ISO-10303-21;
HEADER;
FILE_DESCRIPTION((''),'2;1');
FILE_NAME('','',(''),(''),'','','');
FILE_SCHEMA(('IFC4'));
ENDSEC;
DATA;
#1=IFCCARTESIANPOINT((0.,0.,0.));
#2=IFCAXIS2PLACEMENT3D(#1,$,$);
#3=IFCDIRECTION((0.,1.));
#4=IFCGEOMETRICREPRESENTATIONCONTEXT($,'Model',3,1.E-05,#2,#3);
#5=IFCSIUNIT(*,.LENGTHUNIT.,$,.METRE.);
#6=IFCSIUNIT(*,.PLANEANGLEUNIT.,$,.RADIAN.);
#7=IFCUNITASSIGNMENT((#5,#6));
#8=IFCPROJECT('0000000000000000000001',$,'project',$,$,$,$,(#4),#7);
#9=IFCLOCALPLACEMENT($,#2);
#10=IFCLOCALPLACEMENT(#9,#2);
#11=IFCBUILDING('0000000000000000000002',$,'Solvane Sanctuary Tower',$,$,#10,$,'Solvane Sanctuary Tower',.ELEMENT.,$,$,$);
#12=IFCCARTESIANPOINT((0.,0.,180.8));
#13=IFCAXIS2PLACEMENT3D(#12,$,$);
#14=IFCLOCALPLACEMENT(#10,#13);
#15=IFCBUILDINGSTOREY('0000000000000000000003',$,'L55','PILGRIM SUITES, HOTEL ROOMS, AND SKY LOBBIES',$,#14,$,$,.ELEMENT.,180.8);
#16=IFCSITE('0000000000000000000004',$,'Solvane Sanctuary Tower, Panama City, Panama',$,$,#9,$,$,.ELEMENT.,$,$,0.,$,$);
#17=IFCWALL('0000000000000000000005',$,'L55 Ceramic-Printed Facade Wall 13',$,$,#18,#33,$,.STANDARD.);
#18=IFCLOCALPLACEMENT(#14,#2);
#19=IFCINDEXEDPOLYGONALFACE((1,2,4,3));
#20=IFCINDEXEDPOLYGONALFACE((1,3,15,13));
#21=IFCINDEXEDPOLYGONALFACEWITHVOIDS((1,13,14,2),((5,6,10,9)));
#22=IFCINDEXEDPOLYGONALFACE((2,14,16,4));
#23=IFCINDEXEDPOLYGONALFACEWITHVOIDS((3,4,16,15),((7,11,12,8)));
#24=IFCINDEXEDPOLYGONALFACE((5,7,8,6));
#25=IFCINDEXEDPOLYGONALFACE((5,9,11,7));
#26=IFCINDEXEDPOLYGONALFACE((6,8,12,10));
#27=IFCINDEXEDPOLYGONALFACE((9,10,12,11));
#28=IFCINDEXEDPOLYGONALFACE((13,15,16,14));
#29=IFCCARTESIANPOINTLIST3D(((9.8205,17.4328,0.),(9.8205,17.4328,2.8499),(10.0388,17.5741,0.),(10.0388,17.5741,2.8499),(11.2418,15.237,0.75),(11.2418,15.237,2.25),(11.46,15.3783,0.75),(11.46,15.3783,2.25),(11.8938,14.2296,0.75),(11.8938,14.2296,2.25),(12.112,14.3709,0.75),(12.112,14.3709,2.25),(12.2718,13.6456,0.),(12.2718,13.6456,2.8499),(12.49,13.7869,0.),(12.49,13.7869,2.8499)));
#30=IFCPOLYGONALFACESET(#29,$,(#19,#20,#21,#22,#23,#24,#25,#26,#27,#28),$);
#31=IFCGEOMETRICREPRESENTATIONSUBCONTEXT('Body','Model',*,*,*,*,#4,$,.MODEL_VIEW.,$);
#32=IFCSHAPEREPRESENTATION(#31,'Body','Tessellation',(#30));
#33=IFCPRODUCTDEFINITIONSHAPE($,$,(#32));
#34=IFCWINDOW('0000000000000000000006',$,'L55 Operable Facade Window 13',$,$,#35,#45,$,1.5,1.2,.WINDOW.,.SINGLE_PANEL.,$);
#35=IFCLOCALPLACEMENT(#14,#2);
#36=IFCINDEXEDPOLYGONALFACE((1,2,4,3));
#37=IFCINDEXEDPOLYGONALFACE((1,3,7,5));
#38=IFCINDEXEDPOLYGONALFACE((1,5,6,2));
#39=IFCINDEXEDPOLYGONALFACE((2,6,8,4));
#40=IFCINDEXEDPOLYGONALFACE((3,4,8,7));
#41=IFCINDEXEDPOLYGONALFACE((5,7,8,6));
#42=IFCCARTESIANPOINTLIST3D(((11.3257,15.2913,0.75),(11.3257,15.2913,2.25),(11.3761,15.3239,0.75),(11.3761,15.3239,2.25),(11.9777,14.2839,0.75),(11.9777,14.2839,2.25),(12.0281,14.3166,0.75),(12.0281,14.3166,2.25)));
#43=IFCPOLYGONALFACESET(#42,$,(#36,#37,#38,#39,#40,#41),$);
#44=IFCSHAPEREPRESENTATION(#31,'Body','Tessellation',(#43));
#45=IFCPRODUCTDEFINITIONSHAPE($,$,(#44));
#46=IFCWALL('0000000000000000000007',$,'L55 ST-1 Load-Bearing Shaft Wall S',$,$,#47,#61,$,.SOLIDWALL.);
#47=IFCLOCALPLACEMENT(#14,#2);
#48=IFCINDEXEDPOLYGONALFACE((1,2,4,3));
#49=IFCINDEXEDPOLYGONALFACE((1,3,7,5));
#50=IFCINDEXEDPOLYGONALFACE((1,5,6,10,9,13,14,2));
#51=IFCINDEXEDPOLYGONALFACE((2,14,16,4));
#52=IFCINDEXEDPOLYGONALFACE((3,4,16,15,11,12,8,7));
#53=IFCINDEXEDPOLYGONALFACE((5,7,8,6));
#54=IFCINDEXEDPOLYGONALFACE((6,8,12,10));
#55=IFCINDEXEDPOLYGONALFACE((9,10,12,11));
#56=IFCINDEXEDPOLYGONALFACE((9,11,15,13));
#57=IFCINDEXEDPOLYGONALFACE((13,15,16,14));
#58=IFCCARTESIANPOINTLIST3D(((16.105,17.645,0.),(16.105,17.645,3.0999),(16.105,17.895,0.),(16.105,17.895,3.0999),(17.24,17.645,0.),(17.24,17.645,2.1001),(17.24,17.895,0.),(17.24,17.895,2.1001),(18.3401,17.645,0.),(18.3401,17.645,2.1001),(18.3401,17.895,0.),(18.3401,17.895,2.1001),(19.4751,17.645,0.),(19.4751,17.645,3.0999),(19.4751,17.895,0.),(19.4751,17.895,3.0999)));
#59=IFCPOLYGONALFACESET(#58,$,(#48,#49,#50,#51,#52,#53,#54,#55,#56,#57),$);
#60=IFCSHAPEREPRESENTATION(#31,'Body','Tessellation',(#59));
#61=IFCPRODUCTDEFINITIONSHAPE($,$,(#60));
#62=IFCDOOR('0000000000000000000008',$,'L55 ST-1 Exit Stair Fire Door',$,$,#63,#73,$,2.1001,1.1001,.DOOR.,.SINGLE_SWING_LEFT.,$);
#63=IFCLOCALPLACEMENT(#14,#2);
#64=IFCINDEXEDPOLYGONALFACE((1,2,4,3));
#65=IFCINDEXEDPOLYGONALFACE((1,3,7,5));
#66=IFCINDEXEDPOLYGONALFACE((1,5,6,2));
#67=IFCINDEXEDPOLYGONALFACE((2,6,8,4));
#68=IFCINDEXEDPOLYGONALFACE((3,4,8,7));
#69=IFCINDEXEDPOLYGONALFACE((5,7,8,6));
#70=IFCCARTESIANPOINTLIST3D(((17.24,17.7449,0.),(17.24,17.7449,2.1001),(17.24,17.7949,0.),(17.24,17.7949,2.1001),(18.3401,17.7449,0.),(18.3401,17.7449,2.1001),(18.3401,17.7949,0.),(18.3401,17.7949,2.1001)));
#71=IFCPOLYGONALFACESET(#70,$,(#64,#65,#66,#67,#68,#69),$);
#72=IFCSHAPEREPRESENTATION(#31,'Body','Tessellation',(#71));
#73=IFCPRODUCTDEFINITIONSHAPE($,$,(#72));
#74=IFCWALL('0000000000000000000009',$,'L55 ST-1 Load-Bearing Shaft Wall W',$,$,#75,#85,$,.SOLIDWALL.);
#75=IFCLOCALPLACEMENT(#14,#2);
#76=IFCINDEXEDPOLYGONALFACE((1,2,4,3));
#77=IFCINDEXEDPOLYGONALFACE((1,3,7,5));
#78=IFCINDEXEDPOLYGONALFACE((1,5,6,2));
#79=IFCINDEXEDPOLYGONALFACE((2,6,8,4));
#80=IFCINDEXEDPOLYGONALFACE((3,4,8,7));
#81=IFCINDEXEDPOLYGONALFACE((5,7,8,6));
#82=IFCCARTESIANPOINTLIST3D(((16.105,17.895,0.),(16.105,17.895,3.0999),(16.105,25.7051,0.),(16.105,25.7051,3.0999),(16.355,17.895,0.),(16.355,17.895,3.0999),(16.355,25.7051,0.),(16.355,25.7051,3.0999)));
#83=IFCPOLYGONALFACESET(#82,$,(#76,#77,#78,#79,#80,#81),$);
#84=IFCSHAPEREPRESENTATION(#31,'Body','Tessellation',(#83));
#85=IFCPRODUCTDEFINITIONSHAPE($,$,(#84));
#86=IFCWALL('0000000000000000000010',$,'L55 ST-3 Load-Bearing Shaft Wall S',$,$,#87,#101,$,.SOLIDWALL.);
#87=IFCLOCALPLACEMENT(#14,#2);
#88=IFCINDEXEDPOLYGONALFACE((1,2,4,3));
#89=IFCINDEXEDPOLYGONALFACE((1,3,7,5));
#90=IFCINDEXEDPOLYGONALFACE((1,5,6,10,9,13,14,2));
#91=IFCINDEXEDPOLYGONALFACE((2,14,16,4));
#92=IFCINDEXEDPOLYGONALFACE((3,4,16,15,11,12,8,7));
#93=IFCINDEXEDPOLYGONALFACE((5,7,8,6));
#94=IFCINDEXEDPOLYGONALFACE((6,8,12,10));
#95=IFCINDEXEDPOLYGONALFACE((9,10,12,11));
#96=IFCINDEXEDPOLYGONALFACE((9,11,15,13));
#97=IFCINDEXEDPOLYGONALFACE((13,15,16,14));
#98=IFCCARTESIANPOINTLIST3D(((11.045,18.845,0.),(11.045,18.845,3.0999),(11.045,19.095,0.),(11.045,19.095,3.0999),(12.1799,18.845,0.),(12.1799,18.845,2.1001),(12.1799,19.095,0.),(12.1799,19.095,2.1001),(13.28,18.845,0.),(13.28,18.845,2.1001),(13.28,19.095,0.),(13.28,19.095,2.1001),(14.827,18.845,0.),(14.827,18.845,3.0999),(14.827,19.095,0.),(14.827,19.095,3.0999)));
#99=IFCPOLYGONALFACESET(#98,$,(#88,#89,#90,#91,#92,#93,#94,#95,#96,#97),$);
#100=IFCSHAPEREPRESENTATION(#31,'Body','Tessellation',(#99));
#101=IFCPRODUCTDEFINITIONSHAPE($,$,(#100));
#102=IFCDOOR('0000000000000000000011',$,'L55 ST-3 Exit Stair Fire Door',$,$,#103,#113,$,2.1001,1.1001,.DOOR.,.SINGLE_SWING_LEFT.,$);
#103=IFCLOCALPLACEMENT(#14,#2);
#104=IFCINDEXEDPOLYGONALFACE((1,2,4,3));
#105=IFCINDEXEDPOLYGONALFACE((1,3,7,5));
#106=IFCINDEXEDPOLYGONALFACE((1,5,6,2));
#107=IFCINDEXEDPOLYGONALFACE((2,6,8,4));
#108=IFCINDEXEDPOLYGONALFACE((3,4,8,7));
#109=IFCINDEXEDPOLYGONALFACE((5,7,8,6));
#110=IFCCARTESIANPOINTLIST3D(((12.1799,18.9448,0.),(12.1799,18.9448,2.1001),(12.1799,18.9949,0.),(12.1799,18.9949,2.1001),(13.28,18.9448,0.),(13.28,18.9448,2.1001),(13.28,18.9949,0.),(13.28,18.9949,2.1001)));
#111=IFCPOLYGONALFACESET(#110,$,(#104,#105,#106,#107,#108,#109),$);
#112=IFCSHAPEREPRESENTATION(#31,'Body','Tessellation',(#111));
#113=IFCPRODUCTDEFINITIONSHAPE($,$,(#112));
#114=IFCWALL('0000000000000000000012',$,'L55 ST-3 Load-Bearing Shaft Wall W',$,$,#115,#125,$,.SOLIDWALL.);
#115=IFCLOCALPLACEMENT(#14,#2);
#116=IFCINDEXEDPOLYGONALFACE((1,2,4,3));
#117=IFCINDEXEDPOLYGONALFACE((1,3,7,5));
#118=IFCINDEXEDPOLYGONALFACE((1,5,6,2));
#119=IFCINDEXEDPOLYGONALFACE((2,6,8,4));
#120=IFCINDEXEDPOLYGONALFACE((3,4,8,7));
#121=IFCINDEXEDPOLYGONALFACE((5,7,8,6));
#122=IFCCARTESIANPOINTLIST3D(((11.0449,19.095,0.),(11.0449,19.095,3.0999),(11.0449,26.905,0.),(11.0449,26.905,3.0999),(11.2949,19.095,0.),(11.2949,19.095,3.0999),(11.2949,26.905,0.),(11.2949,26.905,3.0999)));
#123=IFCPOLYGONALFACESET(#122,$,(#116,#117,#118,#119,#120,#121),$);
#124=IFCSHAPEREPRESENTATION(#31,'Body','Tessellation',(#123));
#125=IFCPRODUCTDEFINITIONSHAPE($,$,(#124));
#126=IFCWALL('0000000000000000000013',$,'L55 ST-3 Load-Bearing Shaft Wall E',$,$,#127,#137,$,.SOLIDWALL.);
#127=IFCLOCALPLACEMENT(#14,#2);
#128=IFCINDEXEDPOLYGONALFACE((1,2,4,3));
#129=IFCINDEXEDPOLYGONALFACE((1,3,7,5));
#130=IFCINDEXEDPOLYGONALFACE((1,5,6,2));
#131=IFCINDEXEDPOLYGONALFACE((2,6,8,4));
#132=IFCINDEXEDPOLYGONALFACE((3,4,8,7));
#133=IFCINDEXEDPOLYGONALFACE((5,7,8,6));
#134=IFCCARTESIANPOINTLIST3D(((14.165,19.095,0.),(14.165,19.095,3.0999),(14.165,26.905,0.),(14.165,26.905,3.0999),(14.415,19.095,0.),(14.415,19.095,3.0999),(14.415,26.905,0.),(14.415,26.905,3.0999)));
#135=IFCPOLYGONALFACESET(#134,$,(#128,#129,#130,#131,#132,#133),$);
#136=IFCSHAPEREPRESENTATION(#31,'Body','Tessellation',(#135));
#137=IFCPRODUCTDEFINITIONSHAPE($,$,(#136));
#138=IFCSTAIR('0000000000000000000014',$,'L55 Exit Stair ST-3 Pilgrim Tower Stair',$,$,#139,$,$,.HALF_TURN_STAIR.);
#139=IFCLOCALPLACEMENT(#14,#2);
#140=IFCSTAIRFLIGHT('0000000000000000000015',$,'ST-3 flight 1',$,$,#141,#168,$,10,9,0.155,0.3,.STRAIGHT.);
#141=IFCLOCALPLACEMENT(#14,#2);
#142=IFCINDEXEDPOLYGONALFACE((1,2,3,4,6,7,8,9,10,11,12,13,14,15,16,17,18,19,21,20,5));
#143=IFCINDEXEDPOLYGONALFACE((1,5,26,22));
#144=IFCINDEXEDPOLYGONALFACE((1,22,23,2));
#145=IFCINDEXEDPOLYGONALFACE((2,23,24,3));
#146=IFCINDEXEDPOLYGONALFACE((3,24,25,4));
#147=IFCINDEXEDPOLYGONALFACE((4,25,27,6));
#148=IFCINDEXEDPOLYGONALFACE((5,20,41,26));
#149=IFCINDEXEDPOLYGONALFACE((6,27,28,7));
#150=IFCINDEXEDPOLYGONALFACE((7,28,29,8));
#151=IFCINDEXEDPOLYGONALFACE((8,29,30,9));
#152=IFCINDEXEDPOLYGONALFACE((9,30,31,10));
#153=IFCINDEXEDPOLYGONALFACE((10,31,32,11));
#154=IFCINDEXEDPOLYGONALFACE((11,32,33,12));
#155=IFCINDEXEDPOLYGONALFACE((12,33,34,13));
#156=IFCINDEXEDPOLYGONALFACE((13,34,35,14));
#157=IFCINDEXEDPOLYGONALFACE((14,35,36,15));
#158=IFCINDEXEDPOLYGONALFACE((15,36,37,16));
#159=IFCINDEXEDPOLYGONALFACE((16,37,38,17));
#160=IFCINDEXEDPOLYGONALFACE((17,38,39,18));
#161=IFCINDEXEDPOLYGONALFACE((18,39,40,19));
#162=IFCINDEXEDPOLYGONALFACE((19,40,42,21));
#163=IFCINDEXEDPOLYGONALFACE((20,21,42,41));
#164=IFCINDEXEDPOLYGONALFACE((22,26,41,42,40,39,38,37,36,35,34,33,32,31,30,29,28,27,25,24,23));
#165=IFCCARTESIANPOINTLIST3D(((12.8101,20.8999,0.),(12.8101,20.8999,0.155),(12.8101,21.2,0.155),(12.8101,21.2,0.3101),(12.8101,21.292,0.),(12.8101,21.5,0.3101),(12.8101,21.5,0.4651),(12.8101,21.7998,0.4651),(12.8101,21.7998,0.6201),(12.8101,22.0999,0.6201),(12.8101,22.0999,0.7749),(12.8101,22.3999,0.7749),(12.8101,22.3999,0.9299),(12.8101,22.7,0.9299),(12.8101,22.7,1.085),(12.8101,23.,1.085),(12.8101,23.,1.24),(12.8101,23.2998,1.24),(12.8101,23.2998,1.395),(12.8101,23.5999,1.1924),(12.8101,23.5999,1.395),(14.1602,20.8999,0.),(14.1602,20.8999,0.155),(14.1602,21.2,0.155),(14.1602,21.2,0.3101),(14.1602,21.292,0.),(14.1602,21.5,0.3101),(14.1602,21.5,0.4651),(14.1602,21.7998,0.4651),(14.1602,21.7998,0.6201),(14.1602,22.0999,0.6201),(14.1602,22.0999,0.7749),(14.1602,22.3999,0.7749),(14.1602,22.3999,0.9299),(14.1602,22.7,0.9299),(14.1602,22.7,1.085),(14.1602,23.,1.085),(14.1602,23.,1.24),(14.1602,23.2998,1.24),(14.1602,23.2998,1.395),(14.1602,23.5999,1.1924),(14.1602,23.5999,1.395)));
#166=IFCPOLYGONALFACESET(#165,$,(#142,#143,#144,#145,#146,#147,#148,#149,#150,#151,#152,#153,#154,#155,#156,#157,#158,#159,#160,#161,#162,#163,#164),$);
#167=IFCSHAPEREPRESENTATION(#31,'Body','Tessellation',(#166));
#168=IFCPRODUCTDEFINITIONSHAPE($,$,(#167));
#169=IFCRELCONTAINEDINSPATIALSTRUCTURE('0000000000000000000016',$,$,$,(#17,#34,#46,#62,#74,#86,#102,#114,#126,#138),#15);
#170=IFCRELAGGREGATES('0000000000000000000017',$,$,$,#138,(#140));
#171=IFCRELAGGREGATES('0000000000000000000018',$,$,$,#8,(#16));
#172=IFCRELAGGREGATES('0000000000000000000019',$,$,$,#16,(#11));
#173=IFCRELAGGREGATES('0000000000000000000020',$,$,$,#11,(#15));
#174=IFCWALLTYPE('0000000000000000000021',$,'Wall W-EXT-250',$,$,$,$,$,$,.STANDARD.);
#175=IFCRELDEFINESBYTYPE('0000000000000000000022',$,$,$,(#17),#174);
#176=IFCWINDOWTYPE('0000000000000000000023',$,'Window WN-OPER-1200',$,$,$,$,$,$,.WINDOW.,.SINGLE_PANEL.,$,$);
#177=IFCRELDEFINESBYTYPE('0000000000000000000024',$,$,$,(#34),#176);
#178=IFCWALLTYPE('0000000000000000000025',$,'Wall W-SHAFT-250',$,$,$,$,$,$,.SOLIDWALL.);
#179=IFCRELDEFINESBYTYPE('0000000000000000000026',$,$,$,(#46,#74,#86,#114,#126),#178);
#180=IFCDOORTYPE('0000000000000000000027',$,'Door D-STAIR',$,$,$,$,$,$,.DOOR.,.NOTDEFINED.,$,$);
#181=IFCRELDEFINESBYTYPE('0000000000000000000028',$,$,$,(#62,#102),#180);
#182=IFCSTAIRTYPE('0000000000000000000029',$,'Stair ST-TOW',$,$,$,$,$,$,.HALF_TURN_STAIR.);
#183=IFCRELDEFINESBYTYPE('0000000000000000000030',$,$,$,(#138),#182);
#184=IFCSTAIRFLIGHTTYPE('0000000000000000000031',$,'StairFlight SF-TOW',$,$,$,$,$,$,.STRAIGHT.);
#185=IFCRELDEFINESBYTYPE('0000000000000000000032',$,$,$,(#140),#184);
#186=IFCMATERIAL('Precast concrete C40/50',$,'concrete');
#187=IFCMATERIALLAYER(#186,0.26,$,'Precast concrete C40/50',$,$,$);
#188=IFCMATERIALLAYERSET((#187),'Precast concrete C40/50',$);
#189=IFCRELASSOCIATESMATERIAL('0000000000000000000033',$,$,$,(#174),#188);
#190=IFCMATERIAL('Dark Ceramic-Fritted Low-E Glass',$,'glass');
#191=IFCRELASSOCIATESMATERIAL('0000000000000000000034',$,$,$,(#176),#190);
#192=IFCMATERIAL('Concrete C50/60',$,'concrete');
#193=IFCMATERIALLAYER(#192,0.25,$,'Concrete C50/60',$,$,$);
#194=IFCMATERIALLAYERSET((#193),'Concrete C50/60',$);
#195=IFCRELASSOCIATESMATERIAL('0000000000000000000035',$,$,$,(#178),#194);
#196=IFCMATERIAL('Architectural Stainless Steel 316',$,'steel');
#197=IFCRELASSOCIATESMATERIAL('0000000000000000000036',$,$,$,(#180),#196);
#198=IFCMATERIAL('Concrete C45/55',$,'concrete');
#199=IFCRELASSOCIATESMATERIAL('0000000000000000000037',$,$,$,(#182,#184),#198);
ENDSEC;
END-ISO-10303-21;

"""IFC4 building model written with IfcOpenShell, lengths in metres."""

from ifc_helpers import new_model, si_unit, direction, frame, frame_2d, origin, place, context, subcontext, project, spatial, polyline, rectangle, outline, extrude, material, layer, layer_set, type_object, element, fill, aggregate, save


model = new_model("IFC4")

# Units and contexts
model_context = context("Model", 3, precision=1e-05, world=origin(), true_north=direction((0.0, 1.0)))
body_context = subcontext(model_context, "Body", "Model", "MODEL_VIEW")
ifc_project = project(units=[si_unit("LENGTHUNIT", "METRE"), si_unit("PLANEANGLEUNIT", "RADIAN")], contexts=[model_context])

# Site, building, storey
site_placement = place(None, origin())
site = spatial("IfcSite", under=ifc_project, at=site_placement, Name="Solvane Sanctuary Tower, Panama City, Panama", CompositionType="ELEMENT", RefElevation=0.0)
building_placement = place(site_placement, origin())
building = spatial("IfcBuilding", under=site, at=building_placement, Name="Solvane Sanctuary Tower", LongName="Solvane Sanctuary Tower", CompositionType="ELEMENT")
storey_placement = place(building_placement, frame((0.0, 0.0, 180.8)))
storey = spatial("IfcBuildingStorey", under=building, at=storey_placement, Name="L55", Description="PILGRIM SUITES, HOTEL ROOMS, AND SKY LOBBIES", CompositionType="ELEMENT", Elevation=180.8)

# Shared definitions
ifc_material_1 = material(Name="Concrete C50/60", Category="concrete")

# Shared definitions
ifc_material_2 = material(Name="Architectural Stainless Steel 316", Category="steel")

# Wall, opening, window
ifc_material_3 = material(Name="Precast concrete C40/50", Category="concrete")
ifc_layer_1 = layer(ifc_material_3, 0.26, Name="Precast concrete C40/50")
ifc_layer_set_1 = layer_set([ifc_layer_1], Name="Precast concrete C40/50")
wall_type_1 = type_object("IfcWallType", Name="Wall W-EXT-250", PredefinedType="STANDARD", material=ifc_layer_set_1)
wall_1_placement = place(storey_placement, frame((9.9297, 17.5034, 0.0), z_axis=(0.0, 0.0, 1.0), x_axis=(0.543359, -0.8395, 0.0)))
wall_1 = element("IfcWall", 1, at=wall_1_placement, inside=storey, type_object=wall_type_1, Name="L55 Ceramic-Printed Facade Wall 13", PredefinedType="STANDARD", context=body_context, shape_type="SweptSolid", body=[
    extrude(rectangle(XDim=4.5112, YDim=0.26, at=frame_2d((2.2556, 0.0))), origin(), (0.0, 0.0, 1.0), 2.8499),
])
opening_1_placement = place(wall_1_placement, frame((2.6155, 0.0, 0.75)))
opening_1 = element("IfcOpeningElement", 2, at=opening_1_placement, cuts=wall_1, PredefinedType="OPENING", context=body_context, shape_type="SweptSolid", body=[
    extrude(rectangle(XDim=1.2, YDim=1.5, at=frame_2d((0.6001, 0.75))), frame((0.0, 0.1399, 0.0), z_axis=(0.0, -1.0, 0.0), x_axis=(1.0, 0.0, 0.0)), (0.0, 0.0, 1.0), 0.28),
])
ifc_material_4 = material(Name="Dark Ceramic-Fritted Low-E Glass", Category="glass")
window_type = type_object("IfcWindowType", Name="Window WN-OPER-1200", PartitioningType="SINGLE_PANEL", PredefinedType="WINDOW", material=ifc_material_4)
window_placement = place(opening_1_placement, origin())
window = element("IfcWindow", 3, at=window_placement, inside=storey, type_object=window_type, Name="L55 Operable Facade Window 13", OverallHeight=1.5, OverallWidth=1.2, PartitioningType="SINGLE_PANEL", PredefinedType="WINDOW", context=body_context, shape_type="SweptSolid", body=[
    extrude(rectangle(XDim=1.2, YDim=1.5, at=frame_2d((0.6001, 0.75))), frame((0.0, 0.03, 0.0), z_axis=(0.0, -1.0, 0.0), x_axis=(1.0, 0.0, 0.0)), (0.0, 0.0, 1.0), 0.0601),
])
fill(opening_1, window)

# Wall, opening, door
ifc_layer_2 = layer(ifc_material_1, 0.25, Name="Concrete C50/60")
ifc_layer_set_2 = layer_set([ifc_layer_2], Name="Concrete C50/60")
wall_type_2 = type_object("IfcWallType", Name="Wall W-SHAFT-250", PredefinedType="SOLIDWALL", material=ifc_layer_set_2)
wall_2_placement = place(storey_placement, frame((16.105, 17.77, 0.0), z_axis=(0.0, 0.0, 1.0), x_axis=(1.0, 0.0, 0.0)))
wall_2 = element("IfcWall", 4, at=wall_2_placement, inside=storey, type_object=wall_type_2, Name="L55 ST-1 Load-Bearing Shaft Wall S", PredefinedType="SOLIDWALL", context=body_context, shape_type="SweptSolid", body=[
    extrude(rectangle(XDim=3.3701, YDim=0.25, at=frame_2d((1.6851, 0.0))), origin(), (0.0, 0.0, 1.0), 3.0999),
])
opening_2_placement = place(wall_2_placement, frame((1.135, 0.0, 0.0)))
opening_2 = element("IfcOpeningElement", 5, at=opening_2_placement, cuts=wall_2, PredefinedType="OPENING", context=body_context, shape_type="SweptSolid", body=[
    extrude(rectangle(XDim=1.1001, YDim=2.1001, at=frame_2d((0.55, 1.05))), frame((0.0, 0.135, 0.0), z_axis=(0.0, -1.0, 0.0), x_axis=(1.0, 0.0, 0.0)), (0.0, 0.0, 1.0), 0.27),
])
door_type_1 = type_object("IfcDoorType", Name="Door D-STAIR", OperationType="NOTDEFINED", PredefinedType="DOOR", material=ifc_material_2)
door_1_placement = place(opening_2_placement, origin())
door_1 = element("IfcDoor", 6, at=door_1_placement, inside=storey, type_object=door_type_1, Name="L55 ST-1 Exit Stair Fire Door", OperationType="SINGLE_SWING_LEFT", OverallHeight=2.1001, OverallWidth=1.1001, PredefinedType="DOOR", context=body_context, shape_type="SweptSolid", body=[
    extrude(rectangle(XDim=1.1001, YDim=2.1001, at=frame_2d((0.55, 1.05))), frame((0.0, 0.0249, 0.0), z_axis=(0.0, -1.0, 0.0), x_axis=(1.0, 0.0, 0.0)), (0.0, 0.0, 1.0), 0.05),
])
fill(opening_2, door_1)

# Wall
wall_3_placement = place(storey_placement, frame((16.23, 17.895, 0.0), z_axis=(0.0, 0.0, 1.0), x_axis=(0.0, 1.0, 0.0)))
element("IfcWall", 7, at=wall_3_placement, inside=storey, type_object=wall_type_2, Name="L55 ST-1 Load-Bearing Shaft Wall W", PredefinedType="SOLIDWALL", context=body_context, shape_type="SweptSolid", body=[
    extrude(rectangle(XDim=7.8101, YDim=0.25, at=frame_2d((3.905, 0.0))), origin(), (0.0, 0.0, 1.0), 3.0999),
])

# Wall, opening, door
wall_4_placement = place(storey_placement, frame((11.0449, 18.97, 0.0), z_axis=(0.0, 0.0, 1.0), x_axis=(1.0, 0.0, 0.0)))
wall_4 = element("IfcWall", 8, at=wall_4_placement, inside=storey, type_object=wall_type_2, Name="L55 ST-3 Load-Bearing Shaft Wall S", PredefinedType="SOLIDWALL", context=body_context, shape_type="SweptSolid", body=[
    extrude(rectangle(XDim=3.782, YDim=0.25, at=frame_2d((1.8911, 0.0))), origin(), (0.0, 0.0, 1.0), 3.0999),
])
opening_3_placement = place(wall_4_placement, frame((1.135, 0.0, 0.0)))
opening_3 = element("IfcOpeningElement", 9, at=opening_3_placement, cuts=wall_4, PredefinedType="OPENING", context=body_context, shape_type="SweptSolid", body=[
    extrude(rectangle(XDim=1.1001, YDim=2.1001, at=frame_2d((0.55, 1.05))), frame((0.0, 0.135, 0.0), z_axis=(0.0, -1.0, 0.0), x_axis=(1.0, 0.0, 0.0)), (0.0, 0.0, 1.0), 0.27),
])
door_2_placement = place(opening_3_placement, origin())
door_2 = element("IfcDoor", 10, at=door_2_placement, inside=storey, type_object=door_type_1, Name="L55 ST-3 Exit Stair Fire Door", OperationType="SINGLE_SWING_LEFT", OverallHeight=2.1001, OverallWidth=1.1001, PredefinedType="DOOR", context=body_context, shape_type="SweptSolid", body=[
    extrude(rectangle(XDim=1.1001, YDim=2.1001, at=frame_2d((0.55, 1.05))), frame((0.0, 0.0249, 0.0), z_axis=(0.0, -1.0, 0.0), x_axis=(1.0, 0.0, 0.0)), (0.0, 0.0, 1.0), 0.05),
])
fill(opening_3, door_2)

# Walls
for number, where, z_axis, x_axis, name in (
    (11, (11.1699, 19.095, 0.0), (0.0, 0.0, 1.0), (0.0, 1.0, 0.0), "L55 ST-3 Load-Bearing Shaft Wall W"),
    (12, (14.29, 19.095, 0.0), (0.0, 0.0, 1.0), (0.0, 1.0, 0.0), "L55 ST-3 Load-Bearing Shaft Wall E"),
):
    element("IfcWall", number, at=place(storey_placement, frame(where, z_axis=z_axis, x_axis=x_axis)), inside=storey, type_object=wall_type_2, Name=name, PredefinedType="SOLIDWALL", context=body_context, shape_type="SweptSolid", body=[
        extrude(rectangle(XDim=7.8101, YDim=0.25, at=frame_2d((3.905, 0.0))), origin(), (0.0, 0.0, 1.0), 3.0999),
    ])

# Stair, stair flight
ifc_material_5 = material(Name="Concrete C45/55", Category="concrete")
stair_type = type_object("IfcStairType", Name="Stair ST-TOW", PredefinedType="HALF_TURN_STAIR", material=ifc_material_5)
stair_placement = place(storey_placement, origin())
stair = element("IfcStair", 13, at=stair_placement, inside=storey, type_object=stair_type, Name="L55 Exit Stair ST-3 Pilgrim Tower Stair", PredefinedType="HALF_TURN_STAIR")
stair_flight_type = type_object("IfcStairFlightType", Name="StairFlight SF-TOW", PredefinedType="STRAIGHT", material=ifc_material_5)
stair_flight_placement = place(storey_placement, frame((13.4851, 20.8999, 0.0), z_axis=(0.0, 0.0, 1.0), x_axis=(0.0, 1.0, 0.0)))
stair_flight = element("IfcStairFlight", 14, at=stair_flight_placement, type_object=stair_flight_type, Name="ST-3 flight 1", NumberOfRisers=10, NumberOfTreads=9, PredefinedType="STRAIGHT", RiserHeight=0.155, TreadLength=0.3, context=body_context, shape_type="SweptSolid", body=[
    extrude(outline(polyline([(0.0, 0.0), (0.0, 0.155), (0.3, 0.155), (0.3, 0.3101), (0.6001, 0.3101), (0.6001, 0.4651), (0.8999, 0.4651), (0.8999, 0.6201), (1.2, 0.6201), (1.2, 0.7749), (1.5, 0.7749), (1.5, 0.9299), (1.8, 0.9299), (1.8, 1.085), (2.1001, 1.085), (2.1001, 1.24), (2.3999, 1.24), (2.3999, 1.395), (2.7, 1.395), (2.7, 1.55), (2.7, 1.1924), (0.3921, 0.0), (0.0, 0.0)])), frame((0.0, 0.675, 0.0), z_axis=(0.0, -1.0, 0.0), x_axis=(1.0, 0.0, 0.0)), (0.0, 0.0, 1.0), 1.3501),
])
aggregate(stair, [stair_flight])

save(model, "model.ifc")
